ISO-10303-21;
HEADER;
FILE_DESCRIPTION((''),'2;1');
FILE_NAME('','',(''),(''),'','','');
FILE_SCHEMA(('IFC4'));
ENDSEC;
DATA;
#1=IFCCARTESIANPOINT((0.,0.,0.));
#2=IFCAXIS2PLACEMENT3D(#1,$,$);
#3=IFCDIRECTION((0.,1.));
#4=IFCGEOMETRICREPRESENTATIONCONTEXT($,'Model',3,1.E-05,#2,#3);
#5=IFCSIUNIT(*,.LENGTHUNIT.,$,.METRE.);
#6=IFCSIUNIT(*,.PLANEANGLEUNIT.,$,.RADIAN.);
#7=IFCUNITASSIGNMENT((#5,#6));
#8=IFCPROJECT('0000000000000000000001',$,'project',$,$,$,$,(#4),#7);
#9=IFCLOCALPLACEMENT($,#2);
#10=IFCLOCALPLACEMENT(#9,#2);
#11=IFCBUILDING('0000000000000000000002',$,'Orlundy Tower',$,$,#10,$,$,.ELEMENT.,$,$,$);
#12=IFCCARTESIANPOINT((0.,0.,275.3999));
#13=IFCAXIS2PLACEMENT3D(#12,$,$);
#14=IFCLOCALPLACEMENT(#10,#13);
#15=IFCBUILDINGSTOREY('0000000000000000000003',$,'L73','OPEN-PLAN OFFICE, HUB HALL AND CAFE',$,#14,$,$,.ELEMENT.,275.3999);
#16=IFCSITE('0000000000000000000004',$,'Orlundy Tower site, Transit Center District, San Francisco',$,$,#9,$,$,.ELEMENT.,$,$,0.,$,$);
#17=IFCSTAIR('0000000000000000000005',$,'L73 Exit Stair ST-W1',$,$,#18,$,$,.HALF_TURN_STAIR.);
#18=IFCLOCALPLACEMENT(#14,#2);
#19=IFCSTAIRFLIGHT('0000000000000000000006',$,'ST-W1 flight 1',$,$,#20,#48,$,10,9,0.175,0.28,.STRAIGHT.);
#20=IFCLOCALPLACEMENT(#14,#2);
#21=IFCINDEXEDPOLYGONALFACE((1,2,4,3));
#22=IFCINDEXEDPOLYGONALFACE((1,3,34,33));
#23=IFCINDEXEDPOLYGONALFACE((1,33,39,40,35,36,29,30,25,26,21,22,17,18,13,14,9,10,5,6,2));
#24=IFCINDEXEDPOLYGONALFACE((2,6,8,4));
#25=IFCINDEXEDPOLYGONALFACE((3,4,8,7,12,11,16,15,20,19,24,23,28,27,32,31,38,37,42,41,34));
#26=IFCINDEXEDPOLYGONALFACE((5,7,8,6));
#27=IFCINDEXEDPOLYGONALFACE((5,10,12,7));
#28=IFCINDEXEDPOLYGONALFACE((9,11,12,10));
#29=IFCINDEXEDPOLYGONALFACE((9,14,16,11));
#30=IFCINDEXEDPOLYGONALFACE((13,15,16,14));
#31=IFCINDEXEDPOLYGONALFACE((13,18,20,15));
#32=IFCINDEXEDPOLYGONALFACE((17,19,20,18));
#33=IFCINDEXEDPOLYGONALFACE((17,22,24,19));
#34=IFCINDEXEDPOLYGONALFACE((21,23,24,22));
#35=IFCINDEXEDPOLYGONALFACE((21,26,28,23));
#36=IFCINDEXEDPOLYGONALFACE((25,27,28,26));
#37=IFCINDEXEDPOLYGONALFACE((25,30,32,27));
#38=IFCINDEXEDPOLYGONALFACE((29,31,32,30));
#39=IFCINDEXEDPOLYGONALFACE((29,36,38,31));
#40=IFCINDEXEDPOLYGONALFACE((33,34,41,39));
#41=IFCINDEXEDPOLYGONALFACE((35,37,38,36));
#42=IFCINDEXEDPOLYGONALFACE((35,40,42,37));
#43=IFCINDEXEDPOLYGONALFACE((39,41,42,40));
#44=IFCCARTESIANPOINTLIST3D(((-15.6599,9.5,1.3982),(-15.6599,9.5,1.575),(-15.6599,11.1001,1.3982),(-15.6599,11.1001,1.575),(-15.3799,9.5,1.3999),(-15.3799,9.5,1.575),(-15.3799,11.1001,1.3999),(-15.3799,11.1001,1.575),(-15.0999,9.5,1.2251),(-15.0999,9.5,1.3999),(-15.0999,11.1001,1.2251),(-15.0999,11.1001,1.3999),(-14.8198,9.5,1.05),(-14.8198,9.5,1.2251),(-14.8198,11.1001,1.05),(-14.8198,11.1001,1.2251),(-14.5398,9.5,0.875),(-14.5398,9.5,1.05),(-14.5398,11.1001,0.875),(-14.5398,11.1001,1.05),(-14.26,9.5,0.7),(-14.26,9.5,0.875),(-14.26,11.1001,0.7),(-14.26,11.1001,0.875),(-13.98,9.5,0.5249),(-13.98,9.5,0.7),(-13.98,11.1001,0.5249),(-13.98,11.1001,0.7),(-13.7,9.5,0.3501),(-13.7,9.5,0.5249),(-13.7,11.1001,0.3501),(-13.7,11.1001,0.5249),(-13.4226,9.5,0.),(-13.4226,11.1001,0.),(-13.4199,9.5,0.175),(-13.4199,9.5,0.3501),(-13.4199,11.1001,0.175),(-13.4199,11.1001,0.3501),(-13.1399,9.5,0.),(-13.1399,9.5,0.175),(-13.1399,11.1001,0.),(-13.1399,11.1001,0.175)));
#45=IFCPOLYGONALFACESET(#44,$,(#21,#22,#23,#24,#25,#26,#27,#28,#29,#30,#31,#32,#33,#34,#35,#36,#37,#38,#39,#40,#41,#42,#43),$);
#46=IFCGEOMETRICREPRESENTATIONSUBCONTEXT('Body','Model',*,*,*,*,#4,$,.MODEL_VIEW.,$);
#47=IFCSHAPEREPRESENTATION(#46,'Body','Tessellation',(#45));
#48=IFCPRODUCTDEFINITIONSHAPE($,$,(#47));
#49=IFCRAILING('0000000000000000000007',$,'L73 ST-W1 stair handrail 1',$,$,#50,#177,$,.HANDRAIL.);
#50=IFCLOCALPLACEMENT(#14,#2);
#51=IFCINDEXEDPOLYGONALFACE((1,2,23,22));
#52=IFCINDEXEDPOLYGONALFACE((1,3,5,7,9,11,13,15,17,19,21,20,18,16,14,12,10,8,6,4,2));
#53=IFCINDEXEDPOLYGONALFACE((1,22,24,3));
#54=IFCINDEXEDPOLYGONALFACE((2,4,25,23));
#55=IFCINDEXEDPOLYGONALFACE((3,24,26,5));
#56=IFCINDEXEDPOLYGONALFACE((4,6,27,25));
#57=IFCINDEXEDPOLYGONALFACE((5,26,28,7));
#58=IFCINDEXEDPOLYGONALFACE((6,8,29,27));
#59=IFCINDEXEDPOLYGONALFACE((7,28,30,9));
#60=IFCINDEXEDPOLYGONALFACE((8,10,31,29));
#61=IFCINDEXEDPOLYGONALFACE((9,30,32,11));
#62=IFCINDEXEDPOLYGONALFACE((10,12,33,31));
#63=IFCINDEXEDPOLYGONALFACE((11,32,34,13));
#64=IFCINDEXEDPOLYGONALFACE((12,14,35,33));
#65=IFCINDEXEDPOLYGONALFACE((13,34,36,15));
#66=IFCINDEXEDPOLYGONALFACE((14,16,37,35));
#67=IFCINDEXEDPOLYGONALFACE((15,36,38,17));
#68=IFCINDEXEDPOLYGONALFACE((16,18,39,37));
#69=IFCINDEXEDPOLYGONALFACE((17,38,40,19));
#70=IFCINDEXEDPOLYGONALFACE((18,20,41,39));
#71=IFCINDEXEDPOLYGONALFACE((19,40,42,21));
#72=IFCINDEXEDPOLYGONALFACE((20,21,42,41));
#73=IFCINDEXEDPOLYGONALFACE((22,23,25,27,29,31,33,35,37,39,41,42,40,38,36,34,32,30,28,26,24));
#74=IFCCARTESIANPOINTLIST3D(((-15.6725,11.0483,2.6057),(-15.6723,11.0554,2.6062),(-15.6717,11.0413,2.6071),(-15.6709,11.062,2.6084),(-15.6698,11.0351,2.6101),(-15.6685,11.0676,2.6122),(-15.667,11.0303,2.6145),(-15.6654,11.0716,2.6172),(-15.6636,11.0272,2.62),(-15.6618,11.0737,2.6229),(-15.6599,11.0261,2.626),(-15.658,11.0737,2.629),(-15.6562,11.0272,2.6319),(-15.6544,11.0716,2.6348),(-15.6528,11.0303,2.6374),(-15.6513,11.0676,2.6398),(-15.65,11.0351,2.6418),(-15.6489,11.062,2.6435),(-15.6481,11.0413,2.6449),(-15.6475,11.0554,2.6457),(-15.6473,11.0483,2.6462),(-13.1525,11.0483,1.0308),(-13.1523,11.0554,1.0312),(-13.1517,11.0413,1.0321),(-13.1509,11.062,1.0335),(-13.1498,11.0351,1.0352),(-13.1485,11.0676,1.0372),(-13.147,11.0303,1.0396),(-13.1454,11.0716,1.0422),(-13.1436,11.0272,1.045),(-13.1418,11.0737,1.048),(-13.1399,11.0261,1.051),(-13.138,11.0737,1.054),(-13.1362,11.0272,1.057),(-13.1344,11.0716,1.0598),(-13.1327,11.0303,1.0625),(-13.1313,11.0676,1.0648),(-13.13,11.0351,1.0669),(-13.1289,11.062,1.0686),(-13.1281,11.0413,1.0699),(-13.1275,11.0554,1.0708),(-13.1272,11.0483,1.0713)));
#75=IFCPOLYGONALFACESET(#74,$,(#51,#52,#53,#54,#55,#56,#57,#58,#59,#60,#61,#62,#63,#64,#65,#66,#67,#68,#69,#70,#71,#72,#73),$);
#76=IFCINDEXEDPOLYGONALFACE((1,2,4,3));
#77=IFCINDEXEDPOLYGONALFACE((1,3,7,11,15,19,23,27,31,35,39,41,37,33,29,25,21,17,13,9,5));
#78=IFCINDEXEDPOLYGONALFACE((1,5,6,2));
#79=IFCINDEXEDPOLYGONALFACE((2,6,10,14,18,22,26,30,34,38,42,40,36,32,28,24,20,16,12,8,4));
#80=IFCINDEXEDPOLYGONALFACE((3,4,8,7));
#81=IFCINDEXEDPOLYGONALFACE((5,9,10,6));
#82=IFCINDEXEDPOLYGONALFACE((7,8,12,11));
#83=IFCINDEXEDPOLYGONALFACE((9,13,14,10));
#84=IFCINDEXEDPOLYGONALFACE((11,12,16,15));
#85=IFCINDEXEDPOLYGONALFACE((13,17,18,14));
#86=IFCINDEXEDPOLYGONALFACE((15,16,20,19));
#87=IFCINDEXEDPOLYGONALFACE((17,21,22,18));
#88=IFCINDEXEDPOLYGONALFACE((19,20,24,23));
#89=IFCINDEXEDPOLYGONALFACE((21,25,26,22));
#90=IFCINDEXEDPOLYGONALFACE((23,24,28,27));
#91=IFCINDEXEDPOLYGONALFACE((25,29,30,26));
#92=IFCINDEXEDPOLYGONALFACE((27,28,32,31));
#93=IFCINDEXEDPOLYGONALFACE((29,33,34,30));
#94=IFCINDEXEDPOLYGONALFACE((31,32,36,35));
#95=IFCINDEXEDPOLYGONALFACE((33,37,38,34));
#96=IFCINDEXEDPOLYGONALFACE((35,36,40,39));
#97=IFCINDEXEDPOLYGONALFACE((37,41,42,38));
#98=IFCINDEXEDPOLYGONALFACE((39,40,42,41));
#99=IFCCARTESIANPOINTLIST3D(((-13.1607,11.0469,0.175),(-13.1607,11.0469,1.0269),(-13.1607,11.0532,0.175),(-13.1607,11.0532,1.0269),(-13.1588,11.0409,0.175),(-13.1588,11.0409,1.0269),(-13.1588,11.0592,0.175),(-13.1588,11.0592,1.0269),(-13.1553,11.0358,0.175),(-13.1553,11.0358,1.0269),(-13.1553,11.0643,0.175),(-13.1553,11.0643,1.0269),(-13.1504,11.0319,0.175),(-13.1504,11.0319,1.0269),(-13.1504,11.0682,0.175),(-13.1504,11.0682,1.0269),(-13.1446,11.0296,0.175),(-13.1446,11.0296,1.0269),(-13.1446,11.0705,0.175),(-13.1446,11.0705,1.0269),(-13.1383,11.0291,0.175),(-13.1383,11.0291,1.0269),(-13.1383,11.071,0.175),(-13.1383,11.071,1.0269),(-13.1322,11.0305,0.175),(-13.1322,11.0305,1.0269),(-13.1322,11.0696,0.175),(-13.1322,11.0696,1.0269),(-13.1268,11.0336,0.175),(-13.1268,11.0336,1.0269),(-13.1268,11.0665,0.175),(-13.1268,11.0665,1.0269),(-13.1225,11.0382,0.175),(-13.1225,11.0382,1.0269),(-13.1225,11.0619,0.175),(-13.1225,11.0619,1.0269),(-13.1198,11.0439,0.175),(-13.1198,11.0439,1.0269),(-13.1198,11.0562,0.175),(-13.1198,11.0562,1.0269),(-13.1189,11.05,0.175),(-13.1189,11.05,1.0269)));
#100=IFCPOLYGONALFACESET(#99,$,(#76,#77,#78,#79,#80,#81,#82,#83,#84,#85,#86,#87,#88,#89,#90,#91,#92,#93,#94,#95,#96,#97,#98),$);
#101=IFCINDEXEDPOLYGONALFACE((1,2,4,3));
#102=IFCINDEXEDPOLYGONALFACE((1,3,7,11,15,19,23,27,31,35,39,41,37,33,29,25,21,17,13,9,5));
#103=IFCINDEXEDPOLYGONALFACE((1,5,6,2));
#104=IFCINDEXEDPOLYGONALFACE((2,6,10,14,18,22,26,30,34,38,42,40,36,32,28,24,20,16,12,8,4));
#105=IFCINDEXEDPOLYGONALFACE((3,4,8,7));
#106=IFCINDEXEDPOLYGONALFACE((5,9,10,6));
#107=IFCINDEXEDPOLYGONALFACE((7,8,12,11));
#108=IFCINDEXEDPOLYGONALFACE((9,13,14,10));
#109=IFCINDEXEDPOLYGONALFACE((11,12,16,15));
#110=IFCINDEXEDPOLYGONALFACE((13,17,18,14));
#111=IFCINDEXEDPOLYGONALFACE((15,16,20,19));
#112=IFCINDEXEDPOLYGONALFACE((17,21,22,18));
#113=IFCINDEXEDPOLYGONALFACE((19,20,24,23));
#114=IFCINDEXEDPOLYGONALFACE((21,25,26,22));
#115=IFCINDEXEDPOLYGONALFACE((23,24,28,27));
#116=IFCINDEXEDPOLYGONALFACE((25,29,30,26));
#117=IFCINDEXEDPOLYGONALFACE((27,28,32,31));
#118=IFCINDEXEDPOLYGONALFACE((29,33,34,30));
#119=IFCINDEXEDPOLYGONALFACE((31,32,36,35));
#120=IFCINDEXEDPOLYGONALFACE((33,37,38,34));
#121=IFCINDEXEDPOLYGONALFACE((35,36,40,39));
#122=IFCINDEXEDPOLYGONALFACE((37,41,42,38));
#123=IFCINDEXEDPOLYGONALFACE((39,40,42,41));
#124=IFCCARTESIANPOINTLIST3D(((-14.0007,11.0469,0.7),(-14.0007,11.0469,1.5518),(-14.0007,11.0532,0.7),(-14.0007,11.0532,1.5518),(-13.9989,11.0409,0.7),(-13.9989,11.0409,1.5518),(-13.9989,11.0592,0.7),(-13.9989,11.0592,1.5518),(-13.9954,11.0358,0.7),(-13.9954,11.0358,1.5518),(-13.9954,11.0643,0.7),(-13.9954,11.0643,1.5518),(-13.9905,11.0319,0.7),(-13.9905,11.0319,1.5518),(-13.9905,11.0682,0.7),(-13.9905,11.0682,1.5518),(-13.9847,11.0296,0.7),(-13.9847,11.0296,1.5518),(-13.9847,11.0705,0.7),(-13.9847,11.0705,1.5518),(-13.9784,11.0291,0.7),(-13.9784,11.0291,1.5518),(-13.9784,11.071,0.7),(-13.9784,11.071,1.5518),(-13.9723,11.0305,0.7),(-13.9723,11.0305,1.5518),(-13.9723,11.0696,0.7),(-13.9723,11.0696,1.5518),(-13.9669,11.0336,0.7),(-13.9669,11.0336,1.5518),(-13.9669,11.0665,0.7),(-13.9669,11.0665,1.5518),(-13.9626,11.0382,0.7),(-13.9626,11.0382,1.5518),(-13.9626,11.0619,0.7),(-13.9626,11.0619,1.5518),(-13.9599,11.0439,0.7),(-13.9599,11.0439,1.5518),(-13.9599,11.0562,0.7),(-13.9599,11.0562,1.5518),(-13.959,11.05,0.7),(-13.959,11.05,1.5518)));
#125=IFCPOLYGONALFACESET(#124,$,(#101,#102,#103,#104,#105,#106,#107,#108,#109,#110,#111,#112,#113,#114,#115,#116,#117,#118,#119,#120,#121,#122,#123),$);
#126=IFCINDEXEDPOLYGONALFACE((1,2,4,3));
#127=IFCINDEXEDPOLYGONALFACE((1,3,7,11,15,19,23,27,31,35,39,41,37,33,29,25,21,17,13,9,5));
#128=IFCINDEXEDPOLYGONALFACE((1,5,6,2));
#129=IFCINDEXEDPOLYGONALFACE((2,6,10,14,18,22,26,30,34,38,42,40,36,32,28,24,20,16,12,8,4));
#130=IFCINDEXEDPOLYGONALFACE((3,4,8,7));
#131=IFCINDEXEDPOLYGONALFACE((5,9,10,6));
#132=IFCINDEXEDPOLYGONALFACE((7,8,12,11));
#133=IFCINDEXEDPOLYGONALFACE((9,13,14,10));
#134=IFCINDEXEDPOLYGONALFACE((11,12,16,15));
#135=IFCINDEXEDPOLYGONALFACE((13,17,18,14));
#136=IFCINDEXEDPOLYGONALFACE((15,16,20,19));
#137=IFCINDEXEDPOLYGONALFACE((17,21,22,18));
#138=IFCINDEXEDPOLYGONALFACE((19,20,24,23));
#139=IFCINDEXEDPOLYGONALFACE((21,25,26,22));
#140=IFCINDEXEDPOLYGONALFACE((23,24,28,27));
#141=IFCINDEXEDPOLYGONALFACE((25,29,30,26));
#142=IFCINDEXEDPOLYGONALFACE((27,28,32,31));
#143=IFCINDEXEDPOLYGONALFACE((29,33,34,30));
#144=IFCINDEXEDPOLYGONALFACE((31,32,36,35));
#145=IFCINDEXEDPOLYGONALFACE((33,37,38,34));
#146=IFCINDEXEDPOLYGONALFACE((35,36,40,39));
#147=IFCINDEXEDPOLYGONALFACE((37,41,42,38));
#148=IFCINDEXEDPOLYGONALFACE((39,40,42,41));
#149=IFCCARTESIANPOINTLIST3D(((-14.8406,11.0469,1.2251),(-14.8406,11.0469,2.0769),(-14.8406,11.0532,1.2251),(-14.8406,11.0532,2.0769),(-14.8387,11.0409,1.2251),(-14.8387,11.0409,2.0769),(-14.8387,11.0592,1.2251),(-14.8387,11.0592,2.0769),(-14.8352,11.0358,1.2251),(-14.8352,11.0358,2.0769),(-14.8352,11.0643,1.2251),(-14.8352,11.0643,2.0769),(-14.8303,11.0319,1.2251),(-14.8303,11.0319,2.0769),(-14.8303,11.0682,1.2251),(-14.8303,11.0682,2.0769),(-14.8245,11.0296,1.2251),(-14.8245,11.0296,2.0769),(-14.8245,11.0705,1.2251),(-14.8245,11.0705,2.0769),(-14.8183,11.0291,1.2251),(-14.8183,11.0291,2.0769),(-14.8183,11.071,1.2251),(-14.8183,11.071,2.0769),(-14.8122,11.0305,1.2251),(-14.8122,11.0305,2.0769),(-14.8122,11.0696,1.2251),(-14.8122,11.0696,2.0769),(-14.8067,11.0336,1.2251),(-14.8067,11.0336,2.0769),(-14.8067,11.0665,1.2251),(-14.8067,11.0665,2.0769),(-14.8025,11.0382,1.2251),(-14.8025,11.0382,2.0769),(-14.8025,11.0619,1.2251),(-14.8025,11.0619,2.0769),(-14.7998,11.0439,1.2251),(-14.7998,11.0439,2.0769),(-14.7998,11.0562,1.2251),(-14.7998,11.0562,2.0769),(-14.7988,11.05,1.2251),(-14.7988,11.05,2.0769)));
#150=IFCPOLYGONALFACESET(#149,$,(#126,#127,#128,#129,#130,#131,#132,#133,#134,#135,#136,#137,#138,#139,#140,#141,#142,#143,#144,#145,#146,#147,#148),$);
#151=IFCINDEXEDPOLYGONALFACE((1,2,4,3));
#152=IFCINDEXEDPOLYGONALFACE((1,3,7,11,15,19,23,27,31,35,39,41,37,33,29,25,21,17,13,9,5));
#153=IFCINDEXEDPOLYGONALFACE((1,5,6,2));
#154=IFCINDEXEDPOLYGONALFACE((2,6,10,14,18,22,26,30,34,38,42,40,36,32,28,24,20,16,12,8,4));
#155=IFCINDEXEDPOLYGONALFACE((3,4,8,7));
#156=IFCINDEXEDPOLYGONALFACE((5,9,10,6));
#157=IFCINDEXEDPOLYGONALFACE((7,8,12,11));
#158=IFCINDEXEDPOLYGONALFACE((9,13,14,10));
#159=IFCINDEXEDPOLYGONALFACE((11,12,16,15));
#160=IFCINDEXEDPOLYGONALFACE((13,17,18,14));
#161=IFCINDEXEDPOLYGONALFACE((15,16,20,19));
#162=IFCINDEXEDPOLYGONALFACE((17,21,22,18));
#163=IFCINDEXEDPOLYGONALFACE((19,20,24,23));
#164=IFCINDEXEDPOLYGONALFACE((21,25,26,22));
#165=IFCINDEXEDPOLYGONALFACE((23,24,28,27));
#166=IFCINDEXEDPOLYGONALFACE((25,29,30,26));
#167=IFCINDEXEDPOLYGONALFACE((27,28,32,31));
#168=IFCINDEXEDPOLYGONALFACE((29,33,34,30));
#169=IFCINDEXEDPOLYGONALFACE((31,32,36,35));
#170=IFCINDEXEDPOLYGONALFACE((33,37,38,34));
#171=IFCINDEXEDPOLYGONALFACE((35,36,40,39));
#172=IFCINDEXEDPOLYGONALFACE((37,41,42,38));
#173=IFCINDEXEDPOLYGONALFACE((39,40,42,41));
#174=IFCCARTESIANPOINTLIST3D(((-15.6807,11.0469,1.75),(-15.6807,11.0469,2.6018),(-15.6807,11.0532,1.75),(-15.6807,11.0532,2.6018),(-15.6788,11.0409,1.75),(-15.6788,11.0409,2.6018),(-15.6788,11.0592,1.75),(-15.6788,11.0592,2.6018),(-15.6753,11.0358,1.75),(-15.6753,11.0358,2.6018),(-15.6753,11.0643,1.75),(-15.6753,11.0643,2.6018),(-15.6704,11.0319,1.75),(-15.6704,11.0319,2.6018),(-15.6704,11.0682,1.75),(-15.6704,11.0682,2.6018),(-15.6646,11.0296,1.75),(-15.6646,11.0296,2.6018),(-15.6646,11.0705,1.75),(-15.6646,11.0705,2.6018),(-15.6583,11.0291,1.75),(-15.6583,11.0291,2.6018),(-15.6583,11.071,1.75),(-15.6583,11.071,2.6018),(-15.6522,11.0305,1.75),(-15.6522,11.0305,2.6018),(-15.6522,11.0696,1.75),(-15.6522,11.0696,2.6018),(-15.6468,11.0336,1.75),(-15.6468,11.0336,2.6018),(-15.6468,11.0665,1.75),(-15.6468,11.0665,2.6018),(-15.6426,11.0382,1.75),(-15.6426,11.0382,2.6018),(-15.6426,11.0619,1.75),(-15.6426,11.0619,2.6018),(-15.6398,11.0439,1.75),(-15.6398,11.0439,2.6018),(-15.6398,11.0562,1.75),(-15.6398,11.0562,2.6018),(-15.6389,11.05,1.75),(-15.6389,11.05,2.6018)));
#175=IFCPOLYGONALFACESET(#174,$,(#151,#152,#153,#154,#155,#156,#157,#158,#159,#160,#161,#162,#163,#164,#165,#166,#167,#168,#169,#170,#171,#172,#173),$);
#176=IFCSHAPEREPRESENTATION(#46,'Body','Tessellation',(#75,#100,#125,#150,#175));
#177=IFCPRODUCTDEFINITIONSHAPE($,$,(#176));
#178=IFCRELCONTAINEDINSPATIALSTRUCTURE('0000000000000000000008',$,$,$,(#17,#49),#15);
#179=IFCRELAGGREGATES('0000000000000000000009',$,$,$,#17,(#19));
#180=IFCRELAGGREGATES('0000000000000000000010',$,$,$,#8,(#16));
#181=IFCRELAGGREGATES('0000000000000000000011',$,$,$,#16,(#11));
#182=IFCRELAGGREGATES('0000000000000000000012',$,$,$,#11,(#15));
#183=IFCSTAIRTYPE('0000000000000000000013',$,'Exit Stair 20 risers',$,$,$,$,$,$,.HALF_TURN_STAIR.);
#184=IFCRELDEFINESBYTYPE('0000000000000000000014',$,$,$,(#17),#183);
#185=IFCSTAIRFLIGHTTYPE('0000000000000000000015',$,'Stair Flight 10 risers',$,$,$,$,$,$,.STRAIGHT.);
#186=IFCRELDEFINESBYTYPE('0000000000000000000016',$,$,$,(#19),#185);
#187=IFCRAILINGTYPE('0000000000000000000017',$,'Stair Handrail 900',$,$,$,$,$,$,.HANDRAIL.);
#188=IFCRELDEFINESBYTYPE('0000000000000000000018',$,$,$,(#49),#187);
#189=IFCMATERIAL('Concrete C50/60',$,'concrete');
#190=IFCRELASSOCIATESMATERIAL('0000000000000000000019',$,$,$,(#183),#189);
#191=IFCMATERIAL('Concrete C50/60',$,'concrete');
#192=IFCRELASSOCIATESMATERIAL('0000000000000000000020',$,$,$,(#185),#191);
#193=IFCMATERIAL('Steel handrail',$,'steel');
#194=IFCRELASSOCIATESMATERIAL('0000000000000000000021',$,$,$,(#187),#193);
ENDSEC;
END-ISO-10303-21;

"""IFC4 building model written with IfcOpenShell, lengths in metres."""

from ifc_helpers import new_model, si_unit, direction, frame, origin, origin_2d, place, context, subcontext, project, spatial, polyline, circle, outline, extrude, material, type_object, element, aggregate, save


model = new_model("IFC4")

# Units and contexts
model_context = context("Model", 3, precision=1e-05, world=origin(), true_north=direction((0.0, 1.0)))
body_context = subcontext(model_context, "Body", "Model", "MODEL_VIEW")
ifc_project = project(units=[si_unit("LENGTHUNIT", "METRE"), si_unit("PLANEANGLEUNIT", "RADIAN")], contexts=[model_context])

# Site, building, storey
site_placement = place(None, origin())
site = spatial("IfcSite", under=ifc_project, at=site_placement, Name="Orlundy Tower site, Transit Center District, San Francisco", CompositionType="ELEMENT", RefElevation=0.0)
building_placement = place(site_placement, origin())
building = spatial("IfcBuilding", under=site, at=building_placement, Name="Orlundy Tower", CompositionType="ELEMENT")
storey_placement = place(building_placement, frame((0.0, 0.0, 275.3999)))
storey = spatial("IfcBuildingStorey", under=building, at=storey_placement, Name="L73", Description="OPEN-PLAN OFFICE, HUB HALL AND CAFE", CompositionType="ELEMENT", Elevation=275.3999)

# Stair
ifc_material_1 = material(Name="Concrete C50/60", Category="concrete")
stair_type = type_object("IfcStairType", Name="Exit Stair 20 risers", PredefinedType="HALF_TURN_STAIR", material=ifc_material_1)
stair_1_placement = place(storey_placement, origin())
stair_1 = element("IfcStair", 1, at=stair_1_placement, inside=storey, type_object=stair_type, Name="L73 Exit Stair ST-W1", PredefinedType="HALF_TURN_STAIR")

# Stair flight
ifc_material_2 = material(Name="Concrete C50/60", Category="concrete")
stair_flight_type = type_object("IfcStairFlightType", Name="Stair Flight 10 risers", PredefinedType="STRAIGHT", material=ifc_material_2)
stair_flight_placement = place(storey_placement, frame((-13.1399, 10.3, 0.0), z_axis=(0.0, 0.0, 1.0), x_axis=(-1.0, 0.0, 0.0)))
stair_flight = element("IfcStairFlight", 2, at=stair_flight_placement, type_object=stair_flight_type, Name="ST-W1 flight 1", NumberOfRisers=10, NumberOfTreads=9, PredefinedType="STRAIGHT", RiserHeight=0.175, TreadLength=0.28, context=body_context, shape_type="SweptSolid", body=[
    extrude(outline(polyline([(0.0, 0.0), (0.0, 0.175), (0.28, 0.175), (0.28, 0.3501), (0.5601, 0.3501), (0.5601, 0.5249), (0.8401, 0.5249), (0.8401, 0.7), (1.1201, 0.7), (1.1201, 0.875), (1.3999, 0.875), (1.3999, 1.05), (1.6799, 1.05), (1.6799, 1.2251), (1.96, 1.2251), (1.96, 1.3999), (2.24, 1.3999), (2.24, 1.575), (2.52, 1.575), (2.52, 1.75), (2.52, 1.3982), (0.2827, 0.0), (0.0, 0.0)])), frame((0.0, 0.8, 0.0), z_axis=(0.0, -1.0, 0.0), x_axis=(1.0, 0.0, 0.0)), (0.0, 0.0, 1.0), 1.6001),
])
aggregate(stair_1, [stair_flight])

# Railing
ifc_material_3 = material(Name="Steel handrail", Category="steel")
railing_type_1 = type_object("IfcRailingType", Name="Stair Handrail 900", PredefinedType="HANDRAIL", material=ifc_material_3)
railing_1_placement = place(storey_placement, frame((-13.1399, 11.05, 0.175)))
element("IfcRailing", 3, at=railing_1_placement, inside=storey, type_object=railing_type_1, Name="L73 ST-W1 stair handrail 1", PredefinedType="HANDRAIL", context=body_context, shape_type="SweptSolid", body=[
    extrude(circle(Radius=0.0239, at=origin_2d()), frame((0.0, 0.0, 0.876), z_axis=(-0.848008, 0.0, 0.529984), x_axis=(0.0, -1.0, 0.0)), (0.0, 0.0, 1.0), 2.9717),
    extrude(circle(Radius=0.021, at=origin_2d()), origin(), (0.0, 0.0, 1.0), 0.8518),
    extrude(circle(Radius=0.021, at=origin_2d()), frame((-0.8401, 0.0, 0.5249)), (0.0, 0.0, 1.0), 0.8518),
    extrude(circle(Radius=0.021, at=origin_2d()), frame((-1.6799, 0.0, 1.05)), (0.0, 0.0, 1.0), 0.8518),
    extrude(circle(Radius=0.021, at=origin_2d()), frame((-2.52, 0.0, 1.575)), (0.0, 0.0, 1.0), 0.8518),
])

save(model, "model.ifc")
